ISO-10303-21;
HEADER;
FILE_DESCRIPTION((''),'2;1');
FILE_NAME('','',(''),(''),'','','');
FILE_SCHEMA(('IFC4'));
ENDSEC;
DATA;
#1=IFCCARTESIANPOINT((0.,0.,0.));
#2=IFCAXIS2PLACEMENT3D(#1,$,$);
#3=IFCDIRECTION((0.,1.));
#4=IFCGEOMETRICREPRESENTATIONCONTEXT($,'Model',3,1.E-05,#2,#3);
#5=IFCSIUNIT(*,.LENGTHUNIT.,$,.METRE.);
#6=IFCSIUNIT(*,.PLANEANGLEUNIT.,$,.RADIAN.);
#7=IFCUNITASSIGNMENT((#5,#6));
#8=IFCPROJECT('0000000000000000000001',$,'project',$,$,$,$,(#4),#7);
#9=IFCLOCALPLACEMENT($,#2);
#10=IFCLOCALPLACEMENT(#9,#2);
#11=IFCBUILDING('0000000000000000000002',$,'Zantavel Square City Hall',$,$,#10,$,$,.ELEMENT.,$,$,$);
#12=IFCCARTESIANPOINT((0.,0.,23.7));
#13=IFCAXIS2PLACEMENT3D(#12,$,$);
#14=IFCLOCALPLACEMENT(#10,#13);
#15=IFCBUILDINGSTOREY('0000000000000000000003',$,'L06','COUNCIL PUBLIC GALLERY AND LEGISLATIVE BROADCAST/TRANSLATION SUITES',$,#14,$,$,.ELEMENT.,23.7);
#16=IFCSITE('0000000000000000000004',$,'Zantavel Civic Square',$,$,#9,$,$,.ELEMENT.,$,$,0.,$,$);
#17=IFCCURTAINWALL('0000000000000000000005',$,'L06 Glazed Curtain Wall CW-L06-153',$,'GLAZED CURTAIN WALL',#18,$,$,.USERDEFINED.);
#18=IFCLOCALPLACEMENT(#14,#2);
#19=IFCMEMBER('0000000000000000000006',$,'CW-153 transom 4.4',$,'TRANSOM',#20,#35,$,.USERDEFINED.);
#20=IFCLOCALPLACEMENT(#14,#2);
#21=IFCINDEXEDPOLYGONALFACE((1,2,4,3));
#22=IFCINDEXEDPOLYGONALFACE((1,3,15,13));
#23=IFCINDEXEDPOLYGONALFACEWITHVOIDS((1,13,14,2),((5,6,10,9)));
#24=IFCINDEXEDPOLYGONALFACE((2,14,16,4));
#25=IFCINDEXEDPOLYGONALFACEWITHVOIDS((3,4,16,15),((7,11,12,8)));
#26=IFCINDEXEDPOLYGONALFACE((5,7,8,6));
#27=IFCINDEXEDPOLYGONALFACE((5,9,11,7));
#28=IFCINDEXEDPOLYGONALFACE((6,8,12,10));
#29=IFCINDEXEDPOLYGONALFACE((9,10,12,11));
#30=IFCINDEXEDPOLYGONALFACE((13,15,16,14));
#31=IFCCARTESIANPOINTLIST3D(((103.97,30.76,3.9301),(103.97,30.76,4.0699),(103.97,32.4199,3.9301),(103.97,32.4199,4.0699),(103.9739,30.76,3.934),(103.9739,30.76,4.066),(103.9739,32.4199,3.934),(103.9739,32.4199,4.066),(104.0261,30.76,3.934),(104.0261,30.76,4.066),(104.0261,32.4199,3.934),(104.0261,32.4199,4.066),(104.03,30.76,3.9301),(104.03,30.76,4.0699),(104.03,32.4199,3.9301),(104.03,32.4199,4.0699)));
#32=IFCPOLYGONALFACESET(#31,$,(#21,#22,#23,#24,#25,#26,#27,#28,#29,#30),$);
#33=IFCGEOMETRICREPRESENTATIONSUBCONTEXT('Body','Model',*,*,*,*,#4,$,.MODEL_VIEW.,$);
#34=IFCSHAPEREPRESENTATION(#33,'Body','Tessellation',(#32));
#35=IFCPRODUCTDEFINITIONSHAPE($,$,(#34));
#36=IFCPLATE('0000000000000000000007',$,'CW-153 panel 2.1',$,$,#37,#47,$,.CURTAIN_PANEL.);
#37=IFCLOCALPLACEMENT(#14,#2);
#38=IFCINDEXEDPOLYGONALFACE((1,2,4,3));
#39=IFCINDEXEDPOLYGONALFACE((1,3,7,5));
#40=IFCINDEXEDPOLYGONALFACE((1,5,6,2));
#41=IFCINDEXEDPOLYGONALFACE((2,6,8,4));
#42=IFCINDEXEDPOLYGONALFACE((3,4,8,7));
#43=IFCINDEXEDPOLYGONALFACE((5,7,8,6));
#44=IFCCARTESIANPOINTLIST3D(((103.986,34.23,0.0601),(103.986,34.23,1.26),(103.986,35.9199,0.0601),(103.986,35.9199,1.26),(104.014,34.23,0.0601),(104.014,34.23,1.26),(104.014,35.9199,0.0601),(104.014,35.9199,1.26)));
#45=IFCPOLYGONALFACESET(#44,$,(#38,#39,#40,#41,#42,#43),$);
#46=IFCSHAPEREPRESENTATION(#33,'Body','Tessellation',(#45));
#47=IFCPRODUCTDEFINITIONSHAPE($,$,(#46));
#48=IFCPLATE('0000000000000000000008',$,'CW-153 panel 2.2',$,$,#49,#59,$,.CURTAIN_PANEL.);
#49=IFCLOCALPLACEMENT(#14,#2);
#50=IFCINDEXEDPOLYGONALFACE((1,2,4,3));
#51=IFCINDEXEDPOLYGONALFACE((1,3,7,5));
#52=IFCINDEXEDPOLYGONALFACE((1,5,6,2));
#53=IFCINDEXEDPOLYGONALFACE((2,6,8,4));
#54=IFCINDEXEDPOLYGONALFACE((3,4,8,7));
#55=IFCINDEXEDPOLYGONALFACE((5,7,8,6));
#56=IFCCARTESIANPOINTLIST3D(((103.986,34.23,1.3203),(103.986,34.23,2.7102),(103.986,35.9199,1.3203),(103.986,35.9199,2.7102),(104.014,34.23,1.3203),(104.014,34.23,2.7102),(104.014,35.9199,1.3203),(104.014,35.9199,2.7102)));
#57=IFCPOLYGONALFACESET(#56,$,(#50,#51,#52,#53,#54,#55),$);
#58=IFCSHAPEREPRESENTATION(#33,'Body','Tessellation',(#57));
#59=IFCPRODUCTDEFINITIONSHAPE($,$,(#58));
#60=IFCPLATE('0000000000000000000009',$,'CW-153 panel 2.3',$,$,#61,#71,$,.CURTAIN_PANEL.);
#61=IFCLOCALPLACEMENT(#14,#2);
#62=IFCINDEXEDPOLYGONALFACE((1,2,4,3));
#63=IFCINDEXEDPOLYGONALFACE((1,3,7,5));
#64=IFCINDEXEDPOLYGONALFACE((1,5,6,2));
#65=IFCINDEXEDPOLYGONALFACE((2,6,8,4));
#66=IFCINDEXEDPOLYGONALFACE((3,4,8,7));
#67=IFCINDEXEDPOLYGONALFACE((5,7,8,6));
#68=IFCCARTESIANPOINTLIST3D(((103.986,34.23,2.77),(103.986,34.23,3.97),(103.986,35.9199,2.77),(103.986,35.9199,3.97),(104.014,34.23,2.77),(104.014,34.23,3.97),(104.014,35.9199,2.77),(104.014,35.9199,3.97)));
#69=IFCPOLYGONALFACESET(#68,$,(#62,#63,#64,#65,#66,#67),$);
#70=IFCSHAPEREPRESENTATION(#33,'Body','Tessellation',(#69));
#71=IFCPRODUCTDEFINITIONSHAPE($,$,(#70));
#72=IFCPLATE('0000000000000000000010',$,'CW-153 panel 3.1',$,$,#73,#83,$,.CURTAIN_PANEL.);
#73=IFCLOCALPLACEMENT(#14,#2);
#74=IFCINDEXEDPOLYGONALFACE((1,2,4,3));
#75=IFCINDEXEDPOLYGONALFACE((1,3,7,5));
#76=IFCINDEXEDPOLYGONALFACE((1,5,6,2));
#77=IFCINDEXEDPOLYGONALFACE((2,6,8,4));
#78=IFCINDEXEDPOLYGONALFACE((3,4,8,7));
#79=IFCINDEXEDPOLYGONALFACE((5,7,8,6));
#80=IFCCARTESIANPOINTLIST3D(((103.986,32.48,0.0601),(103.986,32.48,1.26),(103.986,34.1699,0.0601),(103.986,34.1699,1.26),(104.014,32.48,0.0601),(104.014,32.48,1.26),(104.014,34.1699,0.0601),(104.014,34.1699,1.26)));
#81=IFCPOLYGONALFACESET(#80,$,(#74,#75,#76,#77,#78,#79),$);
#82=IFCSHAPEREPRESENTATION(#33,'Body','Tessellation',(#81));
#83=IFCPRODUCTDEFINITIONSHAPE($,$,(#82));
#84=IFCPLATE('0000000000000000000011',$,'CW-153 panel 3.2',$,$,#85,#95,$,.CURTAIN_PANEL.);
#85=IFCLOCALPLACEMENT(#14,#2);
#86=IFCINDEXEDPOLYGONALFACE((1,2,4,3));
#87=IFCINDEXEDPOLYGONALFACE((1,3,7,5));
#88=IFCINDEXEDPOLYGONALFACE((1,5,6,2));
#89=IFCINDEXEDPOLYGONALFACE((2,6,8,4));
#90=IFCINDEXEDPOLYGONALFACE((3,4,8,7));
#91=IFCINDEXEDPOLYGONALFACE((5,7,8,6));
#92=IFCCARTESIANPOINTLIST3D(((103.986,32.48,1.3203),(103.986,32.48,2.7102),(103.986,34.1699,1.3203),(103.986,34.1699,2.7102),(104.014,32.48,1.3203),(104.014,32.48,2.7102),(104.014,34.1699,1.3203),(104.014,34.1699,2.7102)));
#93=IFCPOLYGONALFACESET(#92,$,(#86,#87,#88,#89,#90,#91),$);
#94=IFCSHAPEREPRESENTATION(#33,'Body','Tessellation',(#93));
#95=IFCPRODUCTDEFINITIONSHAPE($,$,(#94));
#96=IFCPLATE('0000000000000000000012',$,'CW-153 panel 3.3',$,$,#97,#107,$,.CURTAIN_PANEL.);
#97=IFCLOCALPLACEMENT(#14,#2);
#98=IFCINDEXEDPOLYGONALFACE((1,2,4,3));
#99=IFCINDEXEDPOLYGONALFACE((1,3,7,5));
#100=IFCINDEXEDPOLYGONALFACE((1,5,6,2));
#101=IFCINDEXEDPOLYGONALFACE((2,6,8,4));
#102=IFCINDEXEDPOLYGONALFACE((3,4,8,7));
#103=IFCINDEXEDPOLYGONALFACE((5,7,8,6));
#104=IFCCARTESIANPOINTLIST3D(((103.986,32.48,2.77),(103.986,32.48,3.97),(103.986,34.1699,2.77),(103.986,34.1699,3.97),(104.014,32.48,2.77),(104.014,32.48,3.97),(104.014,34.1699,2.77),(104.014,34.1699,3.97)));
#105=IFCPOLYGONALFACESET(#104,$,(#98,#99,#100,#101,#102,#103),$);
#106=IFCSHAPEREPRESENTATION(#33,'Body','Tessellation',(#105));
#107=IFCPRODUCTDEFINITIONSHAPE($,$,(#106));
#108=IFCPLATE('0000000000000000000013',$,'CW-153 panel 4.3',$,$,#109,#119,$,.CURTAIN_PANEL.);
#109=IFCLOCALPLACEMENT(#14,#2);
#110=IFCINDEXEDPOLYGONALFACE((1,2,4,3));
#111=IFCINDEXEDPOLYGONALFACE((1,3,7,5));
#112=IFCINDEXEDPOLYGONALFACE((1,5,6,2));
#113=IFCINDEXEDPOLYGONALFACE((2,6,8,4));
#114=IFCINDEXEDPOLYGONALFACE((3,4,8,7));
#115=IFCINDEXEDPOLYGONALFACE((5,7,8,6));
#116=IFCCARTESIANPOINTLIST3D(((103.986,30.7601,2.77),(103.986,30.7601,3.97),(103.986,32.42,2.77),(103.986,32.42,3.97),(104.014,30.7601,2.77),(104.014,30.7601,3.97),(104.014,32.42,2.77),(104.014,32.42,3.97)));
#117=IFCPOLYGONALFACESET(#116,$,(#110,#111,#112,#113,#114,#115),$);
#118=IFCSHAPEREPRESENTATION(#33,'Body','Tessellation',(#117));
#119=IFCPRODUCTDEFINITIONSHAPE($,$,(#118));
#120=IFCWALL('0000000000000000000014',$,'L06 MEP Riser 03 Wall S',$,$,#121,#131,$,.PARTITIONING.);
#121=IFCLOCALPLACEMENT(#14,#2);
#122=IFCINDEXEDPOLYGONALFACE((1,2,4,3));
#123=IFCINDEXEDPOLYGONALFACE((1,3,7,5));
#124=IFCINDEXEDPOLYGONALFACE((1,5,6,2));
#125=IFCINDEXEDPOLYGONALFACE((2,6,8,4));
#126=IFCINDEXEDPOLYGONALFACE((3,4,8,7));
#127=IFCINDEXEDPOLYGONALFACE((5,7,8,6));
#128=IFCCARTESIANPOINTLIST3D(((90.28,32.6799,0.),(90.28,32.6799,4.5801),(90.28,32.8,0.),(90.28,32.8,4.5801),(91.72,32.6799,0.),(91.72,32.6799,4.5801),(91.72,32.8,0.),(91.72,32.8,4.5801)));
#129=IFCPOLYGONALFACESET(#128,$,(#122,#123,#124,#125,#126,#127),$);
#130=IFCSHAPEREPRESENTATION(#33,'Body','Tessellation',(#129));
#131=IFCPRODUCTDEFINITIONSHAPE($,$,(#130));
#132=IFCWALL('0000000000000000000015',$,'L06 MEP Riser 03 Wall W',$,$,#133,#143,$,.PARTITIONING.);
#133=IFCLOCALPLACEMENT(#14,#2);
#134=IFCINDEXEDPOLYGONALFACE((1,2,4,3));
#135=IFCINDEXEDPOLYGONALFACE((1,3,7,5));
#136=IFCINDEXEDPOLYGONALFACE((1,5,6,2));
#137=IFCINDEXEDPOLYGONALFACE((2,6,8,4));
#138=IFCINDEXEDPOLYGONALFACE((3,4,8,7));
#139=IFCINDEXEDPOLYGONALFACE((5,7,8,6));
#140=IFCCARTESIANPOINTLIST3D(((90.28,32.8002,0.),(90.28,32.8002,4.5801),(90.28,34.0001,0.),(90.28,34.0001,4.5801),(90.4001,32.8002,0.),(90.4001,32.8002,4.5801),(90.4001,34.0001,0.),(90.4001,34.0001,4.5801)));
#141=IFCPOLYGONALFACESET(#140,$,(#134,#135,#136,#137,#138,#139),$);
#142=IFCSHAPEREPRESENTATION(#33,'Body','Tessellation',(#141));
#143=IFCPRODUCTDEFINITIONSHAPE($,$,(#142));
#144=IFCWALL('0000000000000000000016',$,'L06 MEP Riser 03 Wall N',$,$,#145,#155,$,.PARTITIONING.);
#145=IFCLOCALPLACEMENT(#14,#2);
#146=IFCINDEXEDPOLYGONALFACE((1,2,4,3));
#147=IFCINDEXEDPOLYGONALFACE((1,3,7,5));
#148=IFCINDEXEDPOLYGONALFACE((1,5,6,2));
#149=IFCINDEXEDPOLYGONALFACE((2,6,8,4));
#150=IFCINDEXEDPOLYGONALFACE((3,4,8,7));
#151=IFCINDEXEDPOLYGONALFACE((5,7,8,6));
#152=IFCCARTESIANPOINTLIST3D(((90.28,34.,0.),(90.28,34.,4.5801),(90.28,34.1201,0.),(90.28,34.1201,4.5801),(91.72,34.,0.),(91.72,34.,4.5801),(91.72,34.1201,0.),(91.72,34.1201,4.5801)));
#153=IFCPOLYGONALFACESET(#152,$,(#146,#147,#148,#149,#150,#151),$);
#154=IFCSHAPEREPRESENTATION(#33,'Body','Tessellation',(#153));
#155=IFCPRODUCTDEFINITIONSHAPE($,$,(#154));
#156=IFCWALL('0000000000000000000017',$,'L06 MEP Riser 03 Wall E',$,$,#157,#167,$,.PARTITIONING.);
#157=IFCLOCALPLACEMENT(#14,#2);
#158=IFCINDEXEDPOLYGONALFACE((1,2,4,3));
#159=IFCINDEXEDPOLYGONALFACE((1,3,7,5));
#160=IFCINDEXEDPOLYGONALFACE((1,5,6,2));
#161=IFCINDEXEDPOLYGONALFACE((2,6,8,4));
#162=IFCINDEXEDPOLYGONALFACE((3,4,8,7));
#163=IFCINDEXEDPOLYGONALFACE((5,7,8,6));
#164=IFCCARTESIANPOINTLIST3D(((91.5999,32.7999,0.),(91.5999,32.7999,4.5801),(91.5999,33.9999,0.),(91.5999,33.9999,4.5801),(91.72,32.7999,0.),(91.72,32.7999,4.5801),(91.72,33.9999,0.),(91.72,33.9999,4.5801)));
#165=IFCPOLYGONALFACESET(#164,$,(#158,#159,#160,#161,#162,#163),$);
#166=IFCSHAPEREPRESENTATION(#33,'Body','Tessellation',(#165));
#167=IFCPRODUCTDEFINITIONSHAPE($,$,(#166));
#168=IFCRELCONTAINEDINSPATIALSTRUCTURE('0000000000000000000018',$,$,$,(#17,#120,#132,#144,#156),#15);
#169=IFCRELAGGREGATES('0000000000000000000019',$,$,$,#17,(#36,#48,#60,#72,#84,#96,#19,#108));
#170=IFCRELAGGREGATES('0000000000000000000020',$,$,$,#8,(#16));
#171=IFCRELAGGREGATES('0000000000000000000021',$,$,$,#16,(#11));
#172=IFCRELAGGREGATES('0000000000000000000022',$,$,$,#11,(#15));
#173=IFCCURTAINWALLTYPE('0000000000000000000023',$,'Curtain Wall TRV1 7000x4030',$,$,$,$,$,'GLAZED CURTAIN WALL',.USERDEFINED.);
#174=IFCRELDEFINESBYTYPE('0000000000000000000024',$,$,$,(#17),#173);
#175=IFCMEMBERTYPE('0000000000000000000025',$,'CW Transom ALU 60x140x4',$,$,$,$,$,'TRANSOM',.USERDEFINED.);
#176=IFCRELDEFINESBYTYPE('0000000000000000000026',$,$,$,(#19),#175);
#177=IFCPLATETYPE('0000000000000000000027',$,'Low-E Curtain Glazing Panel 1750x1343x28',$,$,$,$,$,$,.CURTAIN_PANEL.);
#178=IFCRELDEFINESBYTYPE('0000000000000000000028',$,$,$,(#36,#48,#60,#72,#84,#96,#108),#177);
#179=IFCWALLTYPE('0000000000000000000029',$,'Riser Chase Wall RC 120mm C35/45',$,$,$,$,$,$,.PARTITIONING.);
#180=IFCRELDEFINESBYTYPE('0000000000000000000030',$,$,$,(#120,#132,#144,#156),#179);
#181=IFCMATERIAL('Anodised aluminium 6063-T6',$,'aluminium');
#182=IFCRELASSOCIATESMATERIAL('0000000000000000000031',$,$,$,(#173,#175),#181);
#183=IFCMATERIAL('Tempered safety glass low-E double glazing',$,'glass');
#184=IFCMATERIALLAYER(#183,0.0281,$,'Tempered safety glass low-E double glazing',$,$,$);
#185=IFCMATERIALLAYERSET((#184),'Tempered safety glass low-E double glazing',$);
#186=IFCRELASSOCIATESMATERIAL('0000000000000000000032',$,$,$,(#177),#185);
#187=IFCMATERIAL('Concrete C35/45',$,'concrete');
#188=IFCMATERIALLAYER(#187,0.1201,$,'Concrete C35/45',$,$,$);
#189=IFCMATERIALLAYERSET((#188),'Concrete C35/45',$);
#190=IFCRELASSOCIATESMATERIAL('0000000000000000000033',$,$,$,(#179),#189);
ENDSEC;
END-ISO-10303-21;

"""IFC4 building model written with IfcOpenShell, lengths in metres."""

from ifc_helpers import new_model, si_unit, direction, frame, frame_2d, origin, origin_2d, place, context, subcontext, project, spatial, rectangle, hollow_rectangle, extrude, material, layer, layer_set, material_profile, profile_set, type_object, element, aggregate, save


model = new_model("IFC4")

# Units and contexts
model_context = context("Model", 3, precision=1e-05, world=origin(), true_north=direction((0.0, 1.0)))
body_context = subcontext(model_context, "Body", "Model", "MODEL_VIEW")
ifc_project = project(units=[si_unit("LENGTHUNIT", "METRE"), si_unit("PLANEANGLEUNIT", "RADIAN")], contexts=[model_context])

# Site, building, storey
site_placement = place(None, origin())
site = spatial("IfcSite", under=ifc_project, at=site_placement, Name="Zantavel Civic Square", CompositionType="ELEMENT", RefElevation=0.0)
building_placement = place(site_placement, origin())
building = spatial("IfcBuilding", under=site, at=building_placement, Name="Zantavel Square City Hall", CompositionType="ELEMENT")
storey_placement = place(building_placement, frame((0.0, 0.0, 23.7)))
storey = spatial("IfcBuildingStorey", under=building, at=storey_placement, Name="L06", Description="COUNCIL PUBLIC GALLERY AND LEGISLATIVE BROADCAST/TRANSLATION SUITES", CompositionType="ELEMENT", Elevation=23.7)

# Curtain wall, member, plates
ifc_material_1 = material(Name="Anodised aluminium 6063-T6", Category="aluminium")
curtain_wall_type = type_object("IfcCurtainWallType", Name="Curtain Wall TRV1 7000x4030", ElementType="GLAZED CURTAIN WALL", PredefinedType="USERDEFINED", material=ifc_material_1)
curtain_wall_placement = place(storey_placement, origin())
curtain_wall = element("IfcCurtainWall", 1, at=curtain_wall_placement, inside=storey, type_object=curtain_wall_type, Name="L06 Glazed Curtain Wall CW-L06-153", ObjectType="GLAZED CURTAIN WALL", PredefinedType="USERDEFINED")
ifc_material_profile_1 = material_profile(ifc_material_1, hollow_rectangle(XDim=0.0601, YDim=0.1399, WallThickness=0.0039, at=origin_2d()), Name="ALU 60x140x4")
ifc_profile_set_1 = profile_set([ifc_material_profile_1], Name="Anodised aluminium 6063-T6")
member_type_1 = type_object("IfcMemberType", Name="CW Transom ALU 60x140x4", ElementType="TRANSOM", PredefinedType="USERDEFINED", material=ifc_profile_set_1)
member_1_placement = place(storey_placement, frame((104.0, 32.4199, 4.0), z_axis=(0.0, -1.0, 0.0), x_axis=(1.0, 0.0, 0.0)))
member_1 = element("IfcMember", 2, at=member_1_placement, type_object=member_type_1, Name="CW-153 transom 4.4", ObjectType="TRANSOM", PredefinedType="USERDEFINED", context=body_context, shape_type="SweptSolid", body=[
    extrude(hollow_rectangle(XDim=0.0601, YDim=0.1399, WallThickness=0.0039, at=origin_2d()), origin(), (0.0, 0.0, 1.0), 1.6599),
])
ifc_material_2 = material(Name="Tempered safety glass low-E double glazing", Category="glass")
ifc_layer_1 = layer(ifc_material_2, 0.0281, Name="Tempered safety glass low-E double glazing")
ifc_layer_set_1 = layer_set([ifc_layer_1], Name="Tempered safety glass low-E double glazing")
plate_type = type_object("IfcPlateType", Name="Low-E Curtain Glazing Panel 1750x1343x28", PredefinedType="CURTAIN_PANEL", material=ifc_layer_set_1)
plate_1_placement = place(storey_placement, frame((104.0, 35.075, 0.0601), z_axis=(0.0, 0.0, 1.0), x_axis=(0.0, -1.0, 0.0)))
plate_1 = element("IfcPlate", 3, at=plate_1_placement, type_object=plate_type, Name="CW-153 panel 2.1", PredefinedType="CURTAIN_PANEL", context=body_context, shape_type="SweptSolid", body=[
    extrude(rectangle(XDim=1.6899, YDim=0.0281, at=origin_2d()), origin(), (0.0, 0.0, 1.0), 1.2),
])
plate_2_placement = place(storey_placement, frame((104.0, 35.075, 1.3203), z_axis=(0.0, 0.0, 1.0), x_axis=(0.0, -1.0, 0.0)))
plate_2 = element("IfcPlate", 4, at=plate_2_placement, type_object=plate_type, Name="CW-153 panel 2.2", PredefinedType="CURTAIN_PANEL", context=body_context, shape_type="SweptSolid", body=[
    extrude(rectangle(XDim=1.6899, YDim=0.0281, at=origin_2d()), origin(), (0.0, 0.0, 1.0), 1.3899),
])
plate_3_placement = place(storey_placement, frame((104.0, 35.075, 2.77), z_axis=(0.0, 0.0, 1.0), x_axis=(0.0, -1.0, 0.0)))
plate_3 = element("IfcPlate", 5, at=plate_3_placement, type_object=plate_type, Name="CW-153 panel 2.3", PredefinedType="CURTAIN_PANEL", context=body_context, shape_type="SweptSolid", body=[
    extrude(rectangle(XDim=1.6899, YDim=0.0281, at=origin_2d()), origin(), (0.0, 0.0, 1.0), 1.2),
])
plate_4_placement = place(storey_placement, frame((104.0, 33.325, 0.0601), z_axis=(0.0, 0.0, 1.0), x_axis=(0.0, -1.0, 0.0)))
plate_4 = element("IfcPlate", 6, at=plate_4_placement, type_object=plate_type, Name="CW-153 panel 3.1", PredefinedType="CURTAIN_PANEL", context=body_context, shape_type="SweptSolid", body=[
    extrude(rectangle(XDim=1.6899, YDim=0.0281, at=origin_2d()), origin(), (0.0, 0.0, 1.0), 1.2),
])
plate_5_placement = place(storey_placement, frame((104.0, 33.325, 1.3203), z_axis=(0.0, 0.0, 1.0), x_axis=(0.0, -1.0, 0.0)))
plate_5 = element("IfcPlate", 7, at=plate_5_placement, type_object=plate_type, Name="CW-153 panel 3.2", PredefinedType="CURTAIN_PANEL", context=body_context, shape_type="SweptSolid", body=[
    extrude(rectangle(XDim=1.6899, YDim=0.0281, at=origin_2d()), origin(), (0.0, 0.0, 1.0), 1.3899),
])
plate_6_placement = place(storey_placement, frame((104.0, 33.325, 2.77), z_axis=(0.0, 0.0, 1.0), x_axis=(0.0, -1.0, 0.0)))
plate_6 = element("IfcPlate", 8, at=plate_6_placement, type_object=plate_type, Name="CW-153 panel 3.3", PredefinedType="CURTAIN_PANEL", context=body_context, shape_type="SweptSolid", body=[
    extrude(rectangle(XDim=1.6899, YDim=0.0281, at=origin_2d()), origin(), (0.0, 0.0, 1.0), 1.2),
])
plate_7_placement = place(storey_placement, frame((104.0, 31.5901, 2.77), z_axis=(0.0, 0.0, 1.0), x_axis=(0.0, -1.0, 0.0)))
plate_7 = element("IfcPlate", 9, at=plate_7_placement, type_object=plate_type, Name="CW-153 panel 4.3", PredefinedType="CURTAIN_PANEL", context=body_context, shape_type="SweptSolid", body=[
    extrude(rectangle(XDim=1.6599, YDim=0.0281, at=origin_2d()), origin(), (0.0, 0.0, 1.0), 1.2),
])
aggregate(curtain_wall, [plate_1, plate_2, plate_3, plate_4, plate_5, plate_6, member_1, plate_7])

# Walls
ifc_material_3 = material(Name="Concrete C35/45", Category="concrete")
ifc_layer_2 = layer(ifc_material_3, 0.1201, Name="Concrete C35/45")
ifc_layer_set_2 = layer_set([ifc_layer_2], Name="Concrete C35/45")
wall_type = type_object("IfcWallType", Name="Riser Chase Wall RC 120mm C35/45", PredefinedType="PARTITIONING", material=ifc_layer_set_2)
wall_1_placement = place(storey_placement, frame((91.72, 32.74, 0.0), z_axis=(0.0, 0.0, 1.0), x_axis=(-1.0, 0.0, 0.0)))
element("IfcWall", 10, at=wall_1_placement, inside=storey, type_object=wall_type, Name="L06 MEP Riser 03 Wall S", PredefinedType="PARTITIONING", context=body_context, shape_type="SweptSolid", body=[
    extrude(rectangle(XDim=1.4399, YDim=0.1201, at=frame_2d((0.72, 0.0))), origin(), (0.0, 0.0, 1.0), 4.5801),
])
wall_2_placement = place(storey_placement, frame((90.3401, 32.8, 0.0), z_axis=(0.0, 0.0, 1.0), x_axis=(0.0, 1.0, 0.0)))
element("IfcWall", 11, at=wall_2_placement, inside=storey, type_object=wall_type, Name="L06 MEP Riser 03 Wall W", PredefinedType="PARTITIONING", context=body_context, shape_type="SweptSolid", body=[
    extrude(rectangle(XDim=1.2, YDim=0.1201, at=frame_2d((0.6001, 0.0))), origin(), (0.0, 0.0, 1.0), 4.5801),
])
wall_3_placement = place(storey_placement, frame((90.28, 34.0601, 0.0), z_axis=(0.0, 0.0, 1.0), x_axis=(1.0, 0.0, 0.0)))
element("IfcWall", 12, at=wall_3_placement, inside=storey, type_object=wall_type, Name="L06 MEP Riser 03 Wall N", PredefinedType="PARTITIONING", context=body_context, shape_type="SweptSolid", body=[
    extrude(rectangle(XDim=1.4399, YDim=0.1201, at=frame_2d((0.72, 0.0))), origin(), (0.0, 0.0, 1.0), 4.5801),
])
wall_4_placement = place(storey_placement, frame((91.6599, 34.0, 0.0), z_axis=(0.0, 0.0, 1.0), x_axis=(0.0, -1.0, 0.0)))
element("IfcWall", 13, at=wall_4_placement, inside=storey, type_object=wall_type, Name="L06 MEP Riser 03 Wall E", PredefinedType="PARTITIONING", context=body_context, shape_type="SweptSolid", body=[
    extrude(rectangle(XDim=1.2, YDim=0.1201, at=frame_2d((0.6001, 0.0))), origin(), (0.0, 0.0, 1.0), 4.5801),
])

save(model, "model.ifc")
